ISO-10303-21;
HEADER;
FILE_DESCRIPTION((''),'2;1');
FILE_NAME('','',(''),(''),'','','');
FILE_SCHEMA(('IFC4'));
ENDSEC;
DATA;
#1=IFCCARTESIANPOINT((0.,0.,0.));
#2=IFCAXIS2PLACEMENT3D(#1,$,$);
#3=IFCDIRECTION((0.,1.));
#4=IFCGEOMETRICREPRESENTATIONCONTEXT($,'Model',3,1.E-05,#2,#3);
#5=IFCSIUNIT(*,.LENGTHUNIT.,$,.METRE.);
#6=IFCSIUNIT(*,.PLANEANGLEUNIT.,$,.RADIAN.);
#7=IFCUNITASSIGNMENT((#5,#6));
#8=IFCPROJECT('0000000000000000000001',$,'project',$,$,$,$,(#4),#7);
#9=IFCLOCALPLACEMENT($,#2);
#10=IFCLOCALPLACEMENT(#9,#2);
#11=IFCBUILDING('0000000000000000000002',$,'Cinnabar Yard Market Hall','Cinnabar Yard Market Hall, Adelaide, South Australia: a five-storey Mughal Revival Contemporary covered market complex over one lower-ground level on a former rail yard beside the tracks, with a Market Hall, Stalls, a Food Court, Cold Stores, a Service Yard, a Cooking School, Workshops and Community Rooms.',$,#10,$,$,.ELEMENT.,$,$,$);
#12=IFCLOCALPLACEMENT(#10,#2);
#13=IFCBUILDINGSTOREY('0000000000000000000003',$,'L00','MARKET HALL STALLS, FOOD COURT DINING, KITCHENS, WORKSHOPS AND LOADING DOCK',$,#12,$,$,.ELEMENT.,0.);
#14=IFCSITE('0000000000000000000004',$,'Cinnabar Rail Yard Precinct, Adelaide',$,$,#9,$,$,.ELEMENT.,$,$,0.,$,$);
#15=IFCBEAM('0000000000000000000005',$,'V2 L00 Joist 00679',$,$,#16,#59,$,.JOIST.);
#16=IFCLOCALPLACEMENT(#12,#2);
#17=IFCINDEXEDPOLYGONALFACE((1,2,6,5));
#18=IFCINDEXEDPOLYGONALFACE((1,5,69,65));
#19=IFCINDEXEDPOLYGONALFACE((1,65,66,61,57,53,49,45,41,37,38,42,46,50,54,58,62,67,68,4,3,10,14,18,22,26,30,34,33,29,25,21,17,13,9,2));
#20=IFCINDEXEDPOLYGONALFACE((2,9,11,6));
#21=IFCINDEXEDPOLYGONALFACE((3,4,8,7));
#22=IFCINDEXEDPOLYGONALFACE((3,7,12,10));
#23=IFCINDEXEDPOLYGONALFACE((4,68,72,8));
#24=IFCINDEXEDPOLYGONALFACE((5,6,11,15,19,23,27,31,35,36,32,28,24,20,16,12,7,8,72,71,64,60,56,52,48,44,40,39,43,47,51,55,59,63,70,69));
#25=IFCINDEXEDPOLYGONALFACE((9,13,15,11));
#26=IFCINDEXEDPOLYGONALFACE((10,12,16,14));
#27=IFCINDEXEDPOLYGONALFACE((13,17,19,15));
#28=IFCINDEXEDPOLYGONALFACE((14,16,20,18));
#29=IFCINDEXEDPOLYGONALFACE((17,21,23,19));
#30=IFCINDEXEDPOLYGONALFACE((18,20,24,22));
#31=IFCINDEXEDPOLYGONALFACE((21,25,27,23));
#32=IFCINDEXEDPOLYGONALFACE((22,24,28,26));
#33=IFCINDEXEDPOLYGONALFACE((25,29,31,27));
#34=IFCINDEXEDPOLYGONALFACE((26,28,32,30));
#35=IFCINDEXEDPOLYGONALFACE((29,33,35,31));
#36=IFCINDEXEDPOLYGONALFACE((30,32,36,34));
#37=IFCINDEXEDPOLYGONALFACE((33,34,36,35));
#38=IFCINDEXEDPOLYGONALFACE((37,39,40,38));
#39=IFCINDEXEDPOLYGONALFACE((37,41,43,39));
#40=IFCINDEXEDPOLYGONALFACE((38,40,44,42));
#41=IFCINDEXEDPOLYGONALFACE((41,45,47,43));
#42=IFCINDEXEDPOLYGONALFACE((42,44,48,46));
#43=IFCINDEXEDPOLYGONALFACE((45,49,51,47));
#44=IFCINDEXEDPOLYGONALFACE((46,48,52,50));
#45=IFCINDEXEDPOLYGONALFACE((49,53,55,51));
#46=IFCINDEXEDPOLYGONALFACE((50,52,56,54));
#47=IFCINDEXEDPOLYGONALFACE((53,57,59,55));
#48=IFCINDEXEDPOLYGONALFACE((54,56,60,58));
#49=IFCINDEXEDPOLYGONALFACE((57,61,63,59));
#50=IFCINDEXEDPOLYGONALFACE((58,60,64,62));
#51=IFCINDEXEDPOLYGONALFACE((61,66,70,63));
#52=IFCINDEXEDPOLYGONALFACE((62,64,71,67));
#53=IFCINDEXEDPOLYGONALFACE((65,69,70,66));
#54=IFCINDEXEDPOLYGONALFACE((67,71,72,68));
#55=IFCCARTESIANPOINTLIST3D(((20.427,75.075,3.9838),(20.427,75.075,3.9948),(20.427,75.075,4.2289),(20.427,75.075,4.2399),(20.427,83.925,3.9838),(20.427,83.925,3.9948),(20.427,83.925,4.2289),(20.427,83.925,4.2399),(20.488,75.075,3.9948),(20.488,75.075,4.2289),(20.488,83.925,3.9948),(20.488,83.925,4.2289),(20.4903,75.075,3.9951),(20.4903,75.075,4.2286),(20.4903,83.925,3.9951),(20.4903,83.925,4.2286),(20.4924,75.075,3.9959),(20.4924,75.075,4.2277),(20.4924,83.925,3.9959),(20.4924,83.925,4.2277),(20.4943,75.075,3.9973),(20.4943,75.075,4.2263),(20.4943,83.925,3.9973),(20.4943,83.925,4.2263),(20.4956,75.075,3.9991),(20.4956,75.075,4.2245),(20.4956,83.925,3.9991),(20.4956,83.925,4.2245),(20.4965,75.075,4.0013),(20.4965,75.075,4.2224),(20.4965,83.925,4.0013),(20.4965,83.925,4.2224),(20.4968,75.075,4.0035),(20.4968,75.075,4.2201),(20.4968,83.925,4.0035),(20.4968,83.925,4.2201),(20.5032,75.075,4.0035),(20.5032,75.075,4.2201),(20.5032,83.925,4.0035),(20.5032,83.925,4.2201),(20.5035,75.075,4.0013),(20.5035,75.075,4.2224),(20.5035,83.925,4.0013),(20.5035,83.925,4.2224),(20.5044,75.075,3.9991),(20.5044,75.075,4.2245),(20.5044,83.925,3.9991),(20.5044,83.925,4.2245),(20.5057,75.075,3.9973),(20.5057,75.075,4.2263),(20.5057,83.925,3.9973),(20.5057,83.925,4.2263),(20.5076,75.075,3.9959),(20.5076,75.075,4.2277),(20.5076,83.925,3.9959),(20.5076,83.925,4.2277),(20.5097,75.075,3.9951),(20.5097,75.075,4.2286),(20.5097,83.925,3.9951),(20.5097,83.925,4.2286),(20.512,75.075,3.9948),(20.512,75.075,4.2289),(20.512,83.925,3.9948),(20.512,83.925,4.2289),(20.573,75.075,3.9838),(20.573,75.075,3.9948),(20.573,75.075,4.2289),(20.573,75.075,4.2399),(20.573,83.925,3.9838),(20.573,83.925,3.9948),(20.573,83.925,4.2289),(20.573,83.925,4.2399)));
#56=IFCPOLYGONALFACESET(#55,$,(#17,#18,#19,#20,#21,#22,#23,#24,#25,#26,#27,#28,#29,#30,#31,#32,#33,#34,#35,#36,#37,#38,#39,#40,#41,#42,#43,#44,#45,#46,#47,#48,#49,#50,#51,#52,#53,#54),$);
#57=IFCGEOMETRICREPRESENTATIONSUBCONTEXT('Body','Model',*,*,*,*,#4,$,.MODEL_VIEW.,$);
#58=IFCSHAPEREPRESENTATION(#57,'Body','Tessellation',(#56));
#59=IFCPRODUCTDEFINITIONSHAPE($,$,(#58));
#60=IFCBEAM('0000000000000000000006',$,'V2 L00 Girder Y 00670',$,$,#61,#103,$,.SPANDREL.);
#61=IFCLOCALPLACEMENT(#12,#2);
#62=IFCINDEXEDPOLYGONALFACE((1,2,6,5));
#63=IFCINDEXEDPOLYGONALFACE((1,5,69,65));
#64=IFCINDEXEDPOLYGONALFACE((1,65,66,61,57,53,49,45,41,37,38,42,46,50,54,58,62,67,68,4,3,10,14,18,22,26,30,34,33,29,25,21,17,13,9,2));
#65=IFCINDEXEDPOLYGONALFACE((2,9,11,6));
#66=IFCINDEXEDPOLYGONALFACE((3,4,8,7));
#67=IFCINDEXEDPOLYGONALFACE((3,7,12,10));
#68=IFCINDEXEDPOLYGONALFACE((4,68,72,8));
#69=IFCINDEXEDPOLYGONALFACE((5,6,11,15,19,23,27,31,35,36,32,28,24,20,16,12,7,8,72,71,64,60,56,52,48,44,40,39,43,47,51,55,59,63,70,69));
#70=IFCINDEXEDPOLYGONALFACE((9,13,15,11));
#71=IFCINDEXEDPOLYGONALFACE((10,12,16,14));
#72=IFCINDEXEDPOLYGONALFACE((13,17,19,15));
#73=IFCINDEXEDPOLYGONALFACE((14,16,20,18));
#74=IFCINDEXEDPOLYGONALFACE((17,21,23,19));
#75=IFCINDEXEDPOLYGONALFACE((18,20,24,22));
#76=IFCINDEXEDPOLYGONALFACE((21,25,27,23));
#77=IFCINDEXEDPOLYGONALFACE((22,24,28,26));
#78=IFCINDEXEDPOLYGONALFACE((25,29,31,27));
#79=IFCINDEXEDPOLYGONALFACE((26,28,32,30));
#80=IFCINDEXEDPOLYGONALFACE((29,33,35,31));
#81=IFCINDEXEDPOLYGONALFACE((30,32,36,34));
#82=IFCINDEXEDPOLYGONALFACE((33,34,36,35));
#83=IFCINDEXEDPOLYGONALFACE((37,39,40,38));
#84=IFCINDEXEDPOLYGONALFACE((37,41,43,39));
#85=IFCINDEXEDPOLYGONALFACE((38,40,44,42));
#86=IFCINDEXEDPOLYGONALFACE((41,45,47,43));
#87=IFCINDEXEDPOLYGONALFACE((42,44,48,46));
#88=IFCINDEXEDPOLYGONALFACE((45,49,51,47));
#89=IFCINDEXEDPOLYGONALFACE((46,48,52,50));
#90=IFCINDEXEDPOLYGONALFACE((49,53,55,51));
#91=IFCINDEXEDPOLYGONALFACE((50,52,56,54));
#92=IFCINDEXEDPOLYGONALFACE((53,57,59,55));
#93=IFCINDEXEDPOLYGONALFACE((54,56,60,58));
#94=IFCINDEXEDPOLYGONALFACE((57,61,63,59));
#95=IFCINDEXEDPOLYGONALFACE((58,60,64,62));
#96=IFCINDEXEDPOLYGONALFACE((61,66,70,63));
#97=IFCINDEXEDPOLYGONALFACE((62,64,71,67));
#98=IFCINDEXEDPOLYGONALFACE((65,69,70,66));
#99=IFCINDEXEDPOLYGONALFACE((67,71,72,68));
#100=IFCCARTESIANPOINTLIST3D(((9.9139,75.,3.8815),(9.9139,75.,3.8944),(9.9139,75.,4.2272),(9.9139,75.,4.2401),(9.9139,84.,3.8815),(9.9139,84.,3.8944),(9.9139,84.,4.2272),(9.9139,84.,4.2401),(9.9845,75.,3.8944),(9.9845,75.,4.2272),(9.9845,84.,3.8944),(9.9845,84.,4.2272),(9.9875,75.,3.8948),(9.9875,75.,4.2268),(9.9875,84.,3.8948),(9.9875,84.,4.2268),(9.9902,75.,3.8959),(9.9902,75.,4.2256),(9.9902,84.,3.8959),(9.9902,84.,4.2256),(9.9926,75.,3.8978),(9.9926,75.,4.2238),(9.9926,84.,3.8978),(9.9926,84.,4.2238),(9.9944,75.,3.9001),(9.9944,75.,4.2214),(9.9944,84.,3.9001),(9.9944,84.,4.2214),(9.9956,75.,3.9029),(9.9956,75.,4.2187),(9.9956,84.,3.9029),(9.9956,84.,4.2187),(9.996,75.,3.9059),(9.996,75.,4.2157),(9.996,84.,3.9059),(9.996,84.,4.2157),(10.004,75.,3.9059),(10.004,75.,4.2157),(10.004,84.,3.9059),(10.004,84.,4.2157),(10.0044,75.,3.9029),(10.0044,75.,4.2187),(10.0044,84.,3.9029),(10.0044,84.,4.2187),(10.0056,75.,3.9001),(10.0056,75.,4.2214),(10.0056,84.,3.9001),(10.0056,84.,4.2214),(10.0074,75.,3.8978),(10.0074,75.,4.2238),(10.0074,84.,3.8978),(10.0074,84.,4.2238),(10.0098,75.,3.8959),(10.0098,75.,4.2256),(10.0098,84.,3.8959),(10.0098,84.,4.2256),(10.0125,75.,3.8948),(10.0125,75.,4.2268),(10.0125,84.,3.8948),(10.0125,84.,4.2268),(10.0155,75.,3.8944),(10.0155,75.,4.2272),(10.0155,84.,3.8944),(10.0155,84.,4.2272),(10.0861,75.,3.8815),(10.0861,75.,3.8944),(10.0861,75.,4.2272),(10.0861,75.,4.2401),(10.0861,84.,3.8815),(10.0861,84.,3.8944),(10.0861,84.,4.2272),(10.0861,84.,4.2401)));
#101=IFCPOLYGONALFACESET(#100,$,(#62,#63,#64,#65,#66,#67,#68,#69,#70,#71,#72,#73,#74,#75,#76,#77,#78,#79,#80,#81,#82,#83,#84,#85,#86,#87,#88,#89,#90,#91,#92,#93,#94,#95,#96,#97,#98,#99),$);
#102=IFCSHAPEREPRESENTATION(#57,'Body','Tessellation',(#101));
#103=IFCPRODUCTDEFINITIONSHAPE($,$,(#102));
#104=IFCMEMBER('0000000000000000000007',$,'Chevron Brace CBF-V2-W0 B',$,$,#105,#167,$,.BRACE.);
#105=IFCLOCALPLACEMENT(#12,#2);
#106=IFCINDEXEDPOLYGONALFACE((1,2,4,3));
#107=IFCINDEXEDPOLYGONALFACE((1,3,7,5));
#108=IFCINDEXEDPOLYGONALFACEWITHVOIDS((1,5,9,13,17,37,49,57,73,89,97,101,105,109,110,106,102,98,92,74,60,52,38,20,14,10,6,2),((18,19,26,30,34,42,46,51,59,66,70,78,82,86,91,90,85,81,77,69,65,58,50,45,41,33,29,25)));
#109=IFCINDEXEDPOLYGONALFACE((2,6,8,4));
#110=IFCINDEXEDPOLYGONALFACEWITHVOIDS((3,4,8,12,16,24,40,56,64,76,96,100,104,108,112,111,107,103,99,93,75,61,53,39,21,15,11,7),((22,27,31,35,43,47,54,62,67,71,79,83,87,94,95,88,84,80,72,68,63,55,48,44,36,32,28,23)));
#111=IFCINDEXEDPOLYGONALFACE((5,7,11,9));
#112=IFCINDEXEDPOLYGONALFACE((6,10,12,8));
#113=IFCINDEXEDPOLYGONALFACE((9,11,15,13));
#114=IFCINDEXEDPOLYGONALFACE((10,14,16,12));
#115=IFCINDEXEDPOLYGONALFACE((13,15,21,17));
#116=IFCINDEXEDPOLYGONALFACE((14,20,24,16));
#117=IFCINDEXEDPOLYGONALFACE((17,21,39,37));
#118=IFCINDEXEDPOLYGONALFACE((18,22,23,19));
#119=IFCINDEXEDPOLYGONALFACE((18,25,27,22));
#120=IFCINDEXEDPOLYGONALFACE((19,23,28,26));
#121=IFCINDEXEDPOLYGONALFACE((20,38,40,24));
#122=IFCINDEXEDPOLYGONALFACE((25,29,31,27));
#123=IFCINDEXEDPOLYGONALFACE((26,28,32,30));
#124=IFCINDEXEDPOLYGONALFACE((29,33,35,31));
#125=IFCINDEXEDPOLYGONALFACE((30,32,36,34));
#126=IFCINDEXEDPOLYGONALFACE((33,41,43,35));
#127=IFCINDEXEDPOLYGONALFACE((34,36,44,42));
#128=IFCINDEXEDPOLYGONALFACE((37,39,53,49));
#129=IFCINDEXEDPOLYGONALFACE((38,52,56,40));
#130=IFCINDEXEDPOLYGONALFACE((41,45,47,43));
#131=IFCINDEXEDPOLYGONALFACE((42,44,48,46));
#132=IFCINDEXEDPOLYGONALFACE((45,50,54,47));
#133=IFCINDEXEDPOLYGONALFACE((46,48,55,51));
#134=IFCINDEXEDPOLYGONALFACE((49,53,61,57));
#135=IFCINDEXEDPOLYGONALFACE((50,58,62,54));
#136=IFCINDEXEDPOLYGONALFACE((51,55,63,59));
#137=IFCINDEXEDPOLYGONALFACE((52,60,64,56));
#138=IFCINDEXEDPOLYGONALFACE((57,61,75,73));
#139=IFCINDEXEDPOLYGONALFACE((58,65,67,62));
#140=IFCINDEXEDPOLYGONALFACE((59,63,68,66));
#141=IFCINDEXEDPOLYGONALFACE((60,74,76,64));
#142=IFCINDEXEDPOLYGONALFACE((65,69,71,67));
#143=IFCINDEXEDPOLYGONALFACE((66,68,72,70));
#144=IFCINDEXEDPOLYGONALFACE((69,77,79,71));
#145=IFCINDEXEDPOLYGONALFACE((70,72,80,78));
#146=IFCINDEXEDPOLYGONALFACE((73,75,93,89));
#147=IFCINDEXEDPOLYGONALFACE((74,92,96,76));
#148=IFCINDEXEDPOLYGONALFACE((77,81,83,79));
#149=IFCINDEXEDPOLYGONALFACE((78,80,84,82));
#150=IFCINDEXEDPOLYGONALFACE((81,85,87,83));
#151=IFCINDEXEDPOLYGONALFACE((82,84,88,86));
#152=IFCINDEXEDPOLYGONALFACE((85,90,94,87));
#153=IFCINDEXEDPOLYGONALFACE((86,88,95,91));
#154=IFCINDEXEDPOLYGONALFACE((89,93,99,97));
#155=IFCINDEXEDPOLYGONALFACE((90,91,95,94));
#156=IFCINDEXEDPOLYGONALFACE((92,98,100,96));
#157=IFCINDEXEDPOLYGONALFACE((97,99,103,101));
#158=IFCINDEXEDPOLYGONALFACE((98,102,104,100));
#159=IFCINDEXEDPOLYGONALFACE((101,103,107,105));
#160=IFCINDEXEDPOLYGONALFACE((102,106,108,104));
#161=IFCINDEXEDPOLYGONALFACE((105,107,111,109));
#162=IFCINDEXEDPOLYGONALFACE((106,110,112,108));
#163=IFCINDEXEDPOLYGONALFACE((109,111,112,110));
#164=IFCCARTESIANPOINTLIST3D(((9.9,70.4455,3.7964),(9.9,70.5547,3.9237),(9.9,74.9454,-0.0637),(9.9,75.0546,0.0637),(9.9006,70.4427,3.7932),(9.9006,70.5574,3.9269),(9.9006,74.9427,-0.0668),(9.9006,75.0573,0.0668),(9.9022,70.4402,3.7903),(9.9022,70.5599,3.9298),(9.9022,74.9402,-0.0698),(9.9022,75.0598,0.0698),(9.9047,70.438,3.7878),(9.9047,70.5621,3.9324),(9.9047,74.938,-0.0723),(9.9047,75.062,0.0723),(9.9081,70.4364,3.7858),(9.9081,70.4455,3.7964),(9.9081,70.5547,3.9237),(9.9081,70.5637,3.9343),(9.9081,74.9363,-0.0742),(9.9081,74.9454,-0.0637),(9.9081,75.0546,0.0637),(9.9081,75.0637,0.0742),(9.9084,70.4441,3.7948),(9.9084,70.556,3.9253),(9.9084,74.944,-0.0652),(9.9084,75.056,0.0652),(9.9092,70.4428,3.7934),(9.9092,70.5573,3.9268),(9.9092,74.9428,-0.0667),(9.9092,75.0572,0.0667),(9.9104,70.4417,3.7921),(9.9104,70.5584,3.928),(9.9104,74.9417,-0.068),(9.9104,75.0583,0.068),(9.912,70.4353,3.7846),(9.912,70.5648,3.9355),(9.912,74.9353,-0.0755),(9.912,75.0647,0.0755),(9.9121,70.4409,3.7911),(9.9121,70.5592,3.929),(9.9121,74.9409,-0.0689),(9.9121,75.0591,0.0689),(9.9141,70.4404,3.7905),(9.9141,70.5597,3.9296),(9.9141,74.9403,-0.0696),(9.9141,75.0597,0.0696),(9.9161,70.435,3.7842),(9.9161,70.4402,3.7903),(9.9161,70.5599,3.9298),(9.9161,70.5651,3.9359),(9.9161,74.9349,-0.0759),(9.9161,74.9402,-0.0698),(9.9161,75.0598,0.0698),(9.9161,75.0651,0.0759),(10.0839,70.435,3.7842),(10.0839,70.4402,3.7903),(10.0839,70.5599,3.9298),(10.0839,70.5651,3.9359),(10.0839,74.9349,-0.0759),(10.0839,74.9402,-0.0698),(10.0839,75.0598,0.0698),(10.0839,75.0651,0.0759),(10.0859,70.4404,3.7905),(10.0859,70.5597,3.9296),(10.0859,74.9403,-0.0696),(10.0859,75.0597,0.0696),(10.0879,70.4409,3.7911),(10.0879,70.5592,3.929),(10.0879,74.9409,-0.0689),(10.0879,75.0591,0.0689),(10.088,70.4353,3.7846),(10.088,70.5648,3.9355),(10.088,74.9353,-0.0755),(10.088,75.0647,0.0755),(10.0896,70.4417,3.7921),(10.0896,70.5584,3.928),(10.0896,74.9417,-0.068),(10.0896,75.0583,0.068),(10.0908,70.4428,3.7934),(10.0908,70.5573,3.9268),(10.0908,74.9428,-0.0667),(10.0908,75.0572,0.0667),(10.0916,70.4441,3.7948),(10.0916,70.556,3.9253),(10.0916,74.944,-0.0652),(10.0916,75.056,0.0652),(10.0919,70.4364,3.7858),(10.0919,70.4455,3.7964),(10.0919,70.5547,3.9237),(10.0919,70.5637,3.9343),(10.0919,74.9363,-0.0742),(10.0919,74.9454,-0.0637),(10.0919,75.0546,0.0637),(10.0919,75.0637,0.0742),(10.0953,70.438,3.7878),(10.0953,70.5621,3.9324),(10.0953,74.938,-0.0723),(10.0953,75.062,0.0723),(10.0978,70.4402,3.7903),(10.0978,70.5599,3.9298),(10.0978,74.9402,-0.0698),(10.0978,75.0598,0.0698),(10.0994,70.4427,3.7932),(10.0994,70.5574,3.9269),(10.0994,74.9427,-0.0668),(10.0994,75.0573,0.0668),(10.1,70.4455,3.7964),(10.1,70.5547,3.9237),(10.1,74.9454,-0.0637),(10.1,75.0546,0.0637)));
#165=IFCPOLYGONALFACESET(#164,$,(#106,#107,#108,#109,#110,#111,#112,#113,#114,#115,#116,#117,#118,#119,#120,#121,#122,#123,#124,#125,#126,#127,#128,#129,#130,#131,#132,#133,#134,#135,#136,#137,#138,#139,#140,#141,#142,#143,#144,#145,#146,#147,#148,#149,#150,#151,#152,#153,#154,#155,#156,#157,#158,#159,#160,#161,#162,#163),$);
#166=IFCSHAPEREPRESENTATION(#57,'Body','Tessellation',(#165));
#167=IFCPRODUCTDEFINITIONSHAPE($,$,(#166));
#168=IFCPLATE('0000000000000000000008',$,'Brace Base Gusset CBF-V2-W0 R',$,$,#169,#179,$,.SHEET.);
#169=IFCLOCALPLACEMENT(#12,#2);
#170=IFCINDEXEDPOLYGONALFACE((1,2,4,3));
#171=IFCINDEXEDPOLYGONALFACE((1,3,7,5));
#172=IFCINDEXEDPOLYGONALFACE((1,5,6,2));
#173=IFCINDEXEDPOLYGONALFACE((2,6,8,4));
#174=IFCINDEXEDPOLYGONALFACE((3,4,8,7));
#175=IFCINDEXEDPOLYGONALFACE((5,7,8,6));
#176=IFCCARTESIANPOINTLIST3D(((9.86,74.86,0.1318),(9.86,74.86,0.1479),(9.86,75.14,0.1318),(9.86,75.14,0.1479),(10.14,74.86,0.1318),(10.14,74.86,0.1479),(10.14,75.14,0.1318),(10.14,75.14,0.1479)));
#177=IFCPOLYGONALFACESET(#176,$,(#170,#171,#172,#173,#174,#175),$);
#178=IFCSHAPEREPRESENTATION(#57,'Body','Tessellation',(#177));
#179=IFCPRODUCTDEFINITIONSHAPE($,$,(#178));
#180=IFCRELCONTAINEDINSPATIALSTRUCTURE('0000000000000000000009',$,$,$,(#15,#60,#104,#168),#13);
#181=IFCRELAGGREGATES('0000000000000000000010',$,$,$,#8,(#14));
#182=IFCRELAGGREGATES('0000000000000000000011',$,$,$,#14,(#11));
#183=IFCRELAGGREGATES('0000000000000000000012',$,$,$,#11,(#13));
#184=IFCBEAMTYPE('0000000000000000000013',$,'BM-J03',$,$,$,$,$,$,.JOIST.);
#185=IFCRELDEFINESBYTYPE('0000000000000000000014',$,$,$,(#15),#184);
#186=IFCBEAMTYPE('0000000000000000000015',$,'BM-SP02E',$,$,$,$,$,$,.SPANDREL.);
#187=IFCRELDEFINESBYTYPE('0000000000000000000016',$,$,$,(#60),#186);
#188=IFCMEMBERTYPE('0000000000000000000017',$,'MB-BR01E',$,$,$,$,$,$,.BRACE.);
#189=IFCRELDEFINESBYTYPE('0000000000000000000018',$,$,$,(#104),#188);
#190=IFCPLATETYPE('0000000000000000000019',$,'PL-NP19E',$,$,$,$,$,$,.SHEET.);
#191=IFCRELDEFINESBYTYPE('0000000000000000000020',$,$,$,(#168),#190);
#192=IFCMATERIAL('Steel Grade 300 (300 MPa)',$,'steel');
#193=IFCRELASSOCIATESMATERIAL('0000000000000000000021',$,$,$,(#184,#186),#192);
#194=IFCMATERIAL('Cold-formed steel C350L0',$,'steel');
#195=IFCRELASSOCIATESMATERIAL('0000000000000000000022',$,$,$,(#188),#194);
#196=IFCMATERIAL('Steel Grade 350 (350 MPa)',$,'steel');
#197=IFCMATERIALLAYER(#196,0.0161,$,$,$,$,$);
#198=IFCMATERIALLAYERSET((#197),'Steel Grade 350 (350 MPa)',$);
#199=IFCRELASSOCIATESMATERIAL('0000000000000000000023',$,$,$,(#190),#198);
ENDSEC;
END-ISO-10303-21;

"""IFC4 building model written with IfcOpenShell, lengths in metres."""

from ifc_helpers import new_model, si_unit, direction, frame, origin, origin_2d_with_axis, place, context, subcontext, project, spatial, rectangle, hollow_rectangle, i_section, extrude, material, layer, layer_set, material_profile, profile_set, type_object, element, save


model = new_model("IFC4")

# Units and contexts
model_context = context("Model", 3, precision=1e-05, world=origin(), true_north=direction((0.0, 1.0)))
body_context = subcontext(model_context, "Body", "Model", "MODEL_VIEW")
ifc_project = project(units=[si_unit("LENGTHUNIT", "METRE"), si_unit("PLANEANGLEUNIT", "RADIAN")], contexts=[model_context])

# Site, building, storey
site_placement = place(None, origin())
site = spatial("IfcSite", under=ifc_project, at=site_placement, Name="Cinnabar Rail Yard Precinct, Adelaide", CompositionType="ELEMENT", RefElevation=0.0)
building_placement = place(site_placement, origin())
building = spatial("IfcBuilding", under=site, at=building_placement, Name="Cinnabar Yard Market Hall", Description="Cinnabar Yard Market Hall, Adelaide, South Australia: a five-storey Mughal Revival Contemporary covered market complex over one lower-ground level on a former rail yard beside the tracks, with a Market Hall, Stalls, a Food Court, Cold Stores, a Service Yard, a Cooking School, Workshops and Community Rooms.", CompositionType="ELEMENT")
storey_placement = place(building_placement, origin())
storey = spatial("IfcBuildingStorey", under=building, at=storey_placement, Name="L00", Description="MARKET HALL STALLS, FOOD COURT DINING, KITCHENS, WORKSHOPS AND LOADING DOCK", CompositionType="ELEMENT", Elevation=0.0)

# Shared definitions
ifc_material_1 = material(Name="Steel Grade 300 (300 MPa)", Category="steel")

# Beams
ifc_material_profile_1 = material_profile(ifc_material_1, i_section(OverallWidth=0.146, OverallDepth=0.2561, WebThickness=0.0063, FlangeThickness=0.011, FilletRadius=0.0088, at=origin_2d_with_axis()), Name="250UB37.3")
ifc_profile_set_1 = profile_set([ifc_material_profile_1], Name="Steel Grade 300 (300 MPa)")
beam_type_1 = type_object("IfcBeamType", Name="BM-J03", PredefinedType="JOIST", material=ifc_profile_set_1)
for number, where, z_axis, x_axis, name in (
    (1, (20.5, 75.075, 4.1118), (0.0, 1.0, 0.0), (-1.0, 0.0, 0.0), "V2 L00 Joist 00679"),
):
    element("IfcBeam", number, at=place(storey_placement, frame(where, z_axis=z_axis, x_axis=x_axis)), inside=storey, type_object=beam_type_1, Name=name, PredefinedType="JOIST", context=body_context, shape_type="SweptSolid", body=[
        extrude(i_section(OverallWidth=0.146, OverallDepth=0.2561, WebThickness=0.0063, FlangeThickness=0.011, FilletRadius=0.0088, at=origin_2d_with_axis()), origin(), (0.0, 0.0, 1.0), 8.8501),
    ])
ifc_material_profile_2 = material_profile(ifc_material_1, i_section(OverallWidth=0.1721, OverallDepth=0.3586, WebThickness=0.0081, FlangeThickness=0.0129, FilletRadius=0.0115, at=origin_2d_with_axis()), Name="360UB56.7")
ifc_profile_set_2 = profile_set([ifc_material_profile_2], Name="Steel Grade 300 (300 MPa)")
beam_type_2 = type_object("IfcBeamType", Name="BM-SP02E", PredefinedType="SPANDREL", material=ifc_profile_set_2)
beam_1_placement = place(storey_placement, frame((10.0, 75.0, 4.0608), z_axis=(0.0, 1.0, 0.0), x_axis=(-1.0, 0.0, 0.0)))
element("IfcBeam", 2, at=beam_1_placement, inside=storey, type_object=beam_type_2, Name="V2 L00 Girder Y 00670", PredefinedType="SPANDREL", context=body_context, shape_type="SweptSolid", body=[
    extrude(i_section(OverallWidth=0.1721, OverallDepth=0.3586, WebThickness=0.0081, FlangeThickness=0.0129, FilletRadius=0.0115, at=origin_2d_with_axis()), origin(), (0.0, 0.0, 1.0), 9.0),
])

# Member
ifc_material_2 = material(Name="Cold-formed steel C350L0", Category="steel")
ifc_material_profile_3 = material_profile(ifc_material_2, hollow_rectangle(XDim=0.2, YDim=0.2, WallThickness=0.0081, InnerFilletRadius=0.0081, OuterFilletRadius=0.0161, at=origin_2d_with_axis()), Name="200x200x8.0SHS")
ifc_profile_set_3 = profile_set([ifc_material_profile_3], Name="Cold-formed steel C350L0")
member_type = type_object("IfcMemberType", Name="MB-BR01E", PredefinedType="BRACE", material=ifc_profile_set_3)
member_placement = place(storey_placement, frame((10.0, 75.0, 0.0), z_axis=(0.0, -0.759009, 0.65108), x_axis=(1.0, 0.0, 0.0)))
element("IfcMember", 3, at=member_placement, inside=storey, type_object=member_type, Name="Chevron Brace CBF-V2-W0 B", PredefinedType="BRACE", context=body_context, shape_type="SweptSolid", body=[
    extrude(hollow_rectangle(XDim=0.2, YDim=0.2, WallThickness=0.0081, InnerFilletRadius=0.0081, OuterFilletRadius=0.0161, at=origin_2d_with_axis()), origin(), (0.0, 0.0, 1.0), 5.9287),
])

# Plate
ifc_material_3 = material(Name="Steel Grade 350 (350 MPa)", Category="steel")
ifc_layer_1 = layer(ifc_material_3, 0.0161)
ifc_layer_set_1 = layer_set([ifc_layer_1], Name="Steel Grade 350 (350 MPa)")
plate_type = type_object("IfcPlateType", Name="PL-NP19E", PredefinedType="SHEET", material=ifc_layer_set_1)
plate_placement = place(storey_placement, frame((10.0, 75.0, 0.1318), z_axis=(0.0, 0.0, 1.0), x_axis=(1.0, 0.0, 0.0)))
element("IfcPlate", 4, at=plate_placement, inside=storey, type_object=plate_type, Name="Brace Base Gusset CBF-V2-W0 R", PredefinedType="SHEET", context=body_context, shape_type="SweptSolid", body=[
    extrude(rectangle(XDim=0.28, YDim=0.28, at=origin_2d_with_axis()), origin(), (0.0, 0.0, 1.0), 0.0161),
])

save(model, "model.ifc")
